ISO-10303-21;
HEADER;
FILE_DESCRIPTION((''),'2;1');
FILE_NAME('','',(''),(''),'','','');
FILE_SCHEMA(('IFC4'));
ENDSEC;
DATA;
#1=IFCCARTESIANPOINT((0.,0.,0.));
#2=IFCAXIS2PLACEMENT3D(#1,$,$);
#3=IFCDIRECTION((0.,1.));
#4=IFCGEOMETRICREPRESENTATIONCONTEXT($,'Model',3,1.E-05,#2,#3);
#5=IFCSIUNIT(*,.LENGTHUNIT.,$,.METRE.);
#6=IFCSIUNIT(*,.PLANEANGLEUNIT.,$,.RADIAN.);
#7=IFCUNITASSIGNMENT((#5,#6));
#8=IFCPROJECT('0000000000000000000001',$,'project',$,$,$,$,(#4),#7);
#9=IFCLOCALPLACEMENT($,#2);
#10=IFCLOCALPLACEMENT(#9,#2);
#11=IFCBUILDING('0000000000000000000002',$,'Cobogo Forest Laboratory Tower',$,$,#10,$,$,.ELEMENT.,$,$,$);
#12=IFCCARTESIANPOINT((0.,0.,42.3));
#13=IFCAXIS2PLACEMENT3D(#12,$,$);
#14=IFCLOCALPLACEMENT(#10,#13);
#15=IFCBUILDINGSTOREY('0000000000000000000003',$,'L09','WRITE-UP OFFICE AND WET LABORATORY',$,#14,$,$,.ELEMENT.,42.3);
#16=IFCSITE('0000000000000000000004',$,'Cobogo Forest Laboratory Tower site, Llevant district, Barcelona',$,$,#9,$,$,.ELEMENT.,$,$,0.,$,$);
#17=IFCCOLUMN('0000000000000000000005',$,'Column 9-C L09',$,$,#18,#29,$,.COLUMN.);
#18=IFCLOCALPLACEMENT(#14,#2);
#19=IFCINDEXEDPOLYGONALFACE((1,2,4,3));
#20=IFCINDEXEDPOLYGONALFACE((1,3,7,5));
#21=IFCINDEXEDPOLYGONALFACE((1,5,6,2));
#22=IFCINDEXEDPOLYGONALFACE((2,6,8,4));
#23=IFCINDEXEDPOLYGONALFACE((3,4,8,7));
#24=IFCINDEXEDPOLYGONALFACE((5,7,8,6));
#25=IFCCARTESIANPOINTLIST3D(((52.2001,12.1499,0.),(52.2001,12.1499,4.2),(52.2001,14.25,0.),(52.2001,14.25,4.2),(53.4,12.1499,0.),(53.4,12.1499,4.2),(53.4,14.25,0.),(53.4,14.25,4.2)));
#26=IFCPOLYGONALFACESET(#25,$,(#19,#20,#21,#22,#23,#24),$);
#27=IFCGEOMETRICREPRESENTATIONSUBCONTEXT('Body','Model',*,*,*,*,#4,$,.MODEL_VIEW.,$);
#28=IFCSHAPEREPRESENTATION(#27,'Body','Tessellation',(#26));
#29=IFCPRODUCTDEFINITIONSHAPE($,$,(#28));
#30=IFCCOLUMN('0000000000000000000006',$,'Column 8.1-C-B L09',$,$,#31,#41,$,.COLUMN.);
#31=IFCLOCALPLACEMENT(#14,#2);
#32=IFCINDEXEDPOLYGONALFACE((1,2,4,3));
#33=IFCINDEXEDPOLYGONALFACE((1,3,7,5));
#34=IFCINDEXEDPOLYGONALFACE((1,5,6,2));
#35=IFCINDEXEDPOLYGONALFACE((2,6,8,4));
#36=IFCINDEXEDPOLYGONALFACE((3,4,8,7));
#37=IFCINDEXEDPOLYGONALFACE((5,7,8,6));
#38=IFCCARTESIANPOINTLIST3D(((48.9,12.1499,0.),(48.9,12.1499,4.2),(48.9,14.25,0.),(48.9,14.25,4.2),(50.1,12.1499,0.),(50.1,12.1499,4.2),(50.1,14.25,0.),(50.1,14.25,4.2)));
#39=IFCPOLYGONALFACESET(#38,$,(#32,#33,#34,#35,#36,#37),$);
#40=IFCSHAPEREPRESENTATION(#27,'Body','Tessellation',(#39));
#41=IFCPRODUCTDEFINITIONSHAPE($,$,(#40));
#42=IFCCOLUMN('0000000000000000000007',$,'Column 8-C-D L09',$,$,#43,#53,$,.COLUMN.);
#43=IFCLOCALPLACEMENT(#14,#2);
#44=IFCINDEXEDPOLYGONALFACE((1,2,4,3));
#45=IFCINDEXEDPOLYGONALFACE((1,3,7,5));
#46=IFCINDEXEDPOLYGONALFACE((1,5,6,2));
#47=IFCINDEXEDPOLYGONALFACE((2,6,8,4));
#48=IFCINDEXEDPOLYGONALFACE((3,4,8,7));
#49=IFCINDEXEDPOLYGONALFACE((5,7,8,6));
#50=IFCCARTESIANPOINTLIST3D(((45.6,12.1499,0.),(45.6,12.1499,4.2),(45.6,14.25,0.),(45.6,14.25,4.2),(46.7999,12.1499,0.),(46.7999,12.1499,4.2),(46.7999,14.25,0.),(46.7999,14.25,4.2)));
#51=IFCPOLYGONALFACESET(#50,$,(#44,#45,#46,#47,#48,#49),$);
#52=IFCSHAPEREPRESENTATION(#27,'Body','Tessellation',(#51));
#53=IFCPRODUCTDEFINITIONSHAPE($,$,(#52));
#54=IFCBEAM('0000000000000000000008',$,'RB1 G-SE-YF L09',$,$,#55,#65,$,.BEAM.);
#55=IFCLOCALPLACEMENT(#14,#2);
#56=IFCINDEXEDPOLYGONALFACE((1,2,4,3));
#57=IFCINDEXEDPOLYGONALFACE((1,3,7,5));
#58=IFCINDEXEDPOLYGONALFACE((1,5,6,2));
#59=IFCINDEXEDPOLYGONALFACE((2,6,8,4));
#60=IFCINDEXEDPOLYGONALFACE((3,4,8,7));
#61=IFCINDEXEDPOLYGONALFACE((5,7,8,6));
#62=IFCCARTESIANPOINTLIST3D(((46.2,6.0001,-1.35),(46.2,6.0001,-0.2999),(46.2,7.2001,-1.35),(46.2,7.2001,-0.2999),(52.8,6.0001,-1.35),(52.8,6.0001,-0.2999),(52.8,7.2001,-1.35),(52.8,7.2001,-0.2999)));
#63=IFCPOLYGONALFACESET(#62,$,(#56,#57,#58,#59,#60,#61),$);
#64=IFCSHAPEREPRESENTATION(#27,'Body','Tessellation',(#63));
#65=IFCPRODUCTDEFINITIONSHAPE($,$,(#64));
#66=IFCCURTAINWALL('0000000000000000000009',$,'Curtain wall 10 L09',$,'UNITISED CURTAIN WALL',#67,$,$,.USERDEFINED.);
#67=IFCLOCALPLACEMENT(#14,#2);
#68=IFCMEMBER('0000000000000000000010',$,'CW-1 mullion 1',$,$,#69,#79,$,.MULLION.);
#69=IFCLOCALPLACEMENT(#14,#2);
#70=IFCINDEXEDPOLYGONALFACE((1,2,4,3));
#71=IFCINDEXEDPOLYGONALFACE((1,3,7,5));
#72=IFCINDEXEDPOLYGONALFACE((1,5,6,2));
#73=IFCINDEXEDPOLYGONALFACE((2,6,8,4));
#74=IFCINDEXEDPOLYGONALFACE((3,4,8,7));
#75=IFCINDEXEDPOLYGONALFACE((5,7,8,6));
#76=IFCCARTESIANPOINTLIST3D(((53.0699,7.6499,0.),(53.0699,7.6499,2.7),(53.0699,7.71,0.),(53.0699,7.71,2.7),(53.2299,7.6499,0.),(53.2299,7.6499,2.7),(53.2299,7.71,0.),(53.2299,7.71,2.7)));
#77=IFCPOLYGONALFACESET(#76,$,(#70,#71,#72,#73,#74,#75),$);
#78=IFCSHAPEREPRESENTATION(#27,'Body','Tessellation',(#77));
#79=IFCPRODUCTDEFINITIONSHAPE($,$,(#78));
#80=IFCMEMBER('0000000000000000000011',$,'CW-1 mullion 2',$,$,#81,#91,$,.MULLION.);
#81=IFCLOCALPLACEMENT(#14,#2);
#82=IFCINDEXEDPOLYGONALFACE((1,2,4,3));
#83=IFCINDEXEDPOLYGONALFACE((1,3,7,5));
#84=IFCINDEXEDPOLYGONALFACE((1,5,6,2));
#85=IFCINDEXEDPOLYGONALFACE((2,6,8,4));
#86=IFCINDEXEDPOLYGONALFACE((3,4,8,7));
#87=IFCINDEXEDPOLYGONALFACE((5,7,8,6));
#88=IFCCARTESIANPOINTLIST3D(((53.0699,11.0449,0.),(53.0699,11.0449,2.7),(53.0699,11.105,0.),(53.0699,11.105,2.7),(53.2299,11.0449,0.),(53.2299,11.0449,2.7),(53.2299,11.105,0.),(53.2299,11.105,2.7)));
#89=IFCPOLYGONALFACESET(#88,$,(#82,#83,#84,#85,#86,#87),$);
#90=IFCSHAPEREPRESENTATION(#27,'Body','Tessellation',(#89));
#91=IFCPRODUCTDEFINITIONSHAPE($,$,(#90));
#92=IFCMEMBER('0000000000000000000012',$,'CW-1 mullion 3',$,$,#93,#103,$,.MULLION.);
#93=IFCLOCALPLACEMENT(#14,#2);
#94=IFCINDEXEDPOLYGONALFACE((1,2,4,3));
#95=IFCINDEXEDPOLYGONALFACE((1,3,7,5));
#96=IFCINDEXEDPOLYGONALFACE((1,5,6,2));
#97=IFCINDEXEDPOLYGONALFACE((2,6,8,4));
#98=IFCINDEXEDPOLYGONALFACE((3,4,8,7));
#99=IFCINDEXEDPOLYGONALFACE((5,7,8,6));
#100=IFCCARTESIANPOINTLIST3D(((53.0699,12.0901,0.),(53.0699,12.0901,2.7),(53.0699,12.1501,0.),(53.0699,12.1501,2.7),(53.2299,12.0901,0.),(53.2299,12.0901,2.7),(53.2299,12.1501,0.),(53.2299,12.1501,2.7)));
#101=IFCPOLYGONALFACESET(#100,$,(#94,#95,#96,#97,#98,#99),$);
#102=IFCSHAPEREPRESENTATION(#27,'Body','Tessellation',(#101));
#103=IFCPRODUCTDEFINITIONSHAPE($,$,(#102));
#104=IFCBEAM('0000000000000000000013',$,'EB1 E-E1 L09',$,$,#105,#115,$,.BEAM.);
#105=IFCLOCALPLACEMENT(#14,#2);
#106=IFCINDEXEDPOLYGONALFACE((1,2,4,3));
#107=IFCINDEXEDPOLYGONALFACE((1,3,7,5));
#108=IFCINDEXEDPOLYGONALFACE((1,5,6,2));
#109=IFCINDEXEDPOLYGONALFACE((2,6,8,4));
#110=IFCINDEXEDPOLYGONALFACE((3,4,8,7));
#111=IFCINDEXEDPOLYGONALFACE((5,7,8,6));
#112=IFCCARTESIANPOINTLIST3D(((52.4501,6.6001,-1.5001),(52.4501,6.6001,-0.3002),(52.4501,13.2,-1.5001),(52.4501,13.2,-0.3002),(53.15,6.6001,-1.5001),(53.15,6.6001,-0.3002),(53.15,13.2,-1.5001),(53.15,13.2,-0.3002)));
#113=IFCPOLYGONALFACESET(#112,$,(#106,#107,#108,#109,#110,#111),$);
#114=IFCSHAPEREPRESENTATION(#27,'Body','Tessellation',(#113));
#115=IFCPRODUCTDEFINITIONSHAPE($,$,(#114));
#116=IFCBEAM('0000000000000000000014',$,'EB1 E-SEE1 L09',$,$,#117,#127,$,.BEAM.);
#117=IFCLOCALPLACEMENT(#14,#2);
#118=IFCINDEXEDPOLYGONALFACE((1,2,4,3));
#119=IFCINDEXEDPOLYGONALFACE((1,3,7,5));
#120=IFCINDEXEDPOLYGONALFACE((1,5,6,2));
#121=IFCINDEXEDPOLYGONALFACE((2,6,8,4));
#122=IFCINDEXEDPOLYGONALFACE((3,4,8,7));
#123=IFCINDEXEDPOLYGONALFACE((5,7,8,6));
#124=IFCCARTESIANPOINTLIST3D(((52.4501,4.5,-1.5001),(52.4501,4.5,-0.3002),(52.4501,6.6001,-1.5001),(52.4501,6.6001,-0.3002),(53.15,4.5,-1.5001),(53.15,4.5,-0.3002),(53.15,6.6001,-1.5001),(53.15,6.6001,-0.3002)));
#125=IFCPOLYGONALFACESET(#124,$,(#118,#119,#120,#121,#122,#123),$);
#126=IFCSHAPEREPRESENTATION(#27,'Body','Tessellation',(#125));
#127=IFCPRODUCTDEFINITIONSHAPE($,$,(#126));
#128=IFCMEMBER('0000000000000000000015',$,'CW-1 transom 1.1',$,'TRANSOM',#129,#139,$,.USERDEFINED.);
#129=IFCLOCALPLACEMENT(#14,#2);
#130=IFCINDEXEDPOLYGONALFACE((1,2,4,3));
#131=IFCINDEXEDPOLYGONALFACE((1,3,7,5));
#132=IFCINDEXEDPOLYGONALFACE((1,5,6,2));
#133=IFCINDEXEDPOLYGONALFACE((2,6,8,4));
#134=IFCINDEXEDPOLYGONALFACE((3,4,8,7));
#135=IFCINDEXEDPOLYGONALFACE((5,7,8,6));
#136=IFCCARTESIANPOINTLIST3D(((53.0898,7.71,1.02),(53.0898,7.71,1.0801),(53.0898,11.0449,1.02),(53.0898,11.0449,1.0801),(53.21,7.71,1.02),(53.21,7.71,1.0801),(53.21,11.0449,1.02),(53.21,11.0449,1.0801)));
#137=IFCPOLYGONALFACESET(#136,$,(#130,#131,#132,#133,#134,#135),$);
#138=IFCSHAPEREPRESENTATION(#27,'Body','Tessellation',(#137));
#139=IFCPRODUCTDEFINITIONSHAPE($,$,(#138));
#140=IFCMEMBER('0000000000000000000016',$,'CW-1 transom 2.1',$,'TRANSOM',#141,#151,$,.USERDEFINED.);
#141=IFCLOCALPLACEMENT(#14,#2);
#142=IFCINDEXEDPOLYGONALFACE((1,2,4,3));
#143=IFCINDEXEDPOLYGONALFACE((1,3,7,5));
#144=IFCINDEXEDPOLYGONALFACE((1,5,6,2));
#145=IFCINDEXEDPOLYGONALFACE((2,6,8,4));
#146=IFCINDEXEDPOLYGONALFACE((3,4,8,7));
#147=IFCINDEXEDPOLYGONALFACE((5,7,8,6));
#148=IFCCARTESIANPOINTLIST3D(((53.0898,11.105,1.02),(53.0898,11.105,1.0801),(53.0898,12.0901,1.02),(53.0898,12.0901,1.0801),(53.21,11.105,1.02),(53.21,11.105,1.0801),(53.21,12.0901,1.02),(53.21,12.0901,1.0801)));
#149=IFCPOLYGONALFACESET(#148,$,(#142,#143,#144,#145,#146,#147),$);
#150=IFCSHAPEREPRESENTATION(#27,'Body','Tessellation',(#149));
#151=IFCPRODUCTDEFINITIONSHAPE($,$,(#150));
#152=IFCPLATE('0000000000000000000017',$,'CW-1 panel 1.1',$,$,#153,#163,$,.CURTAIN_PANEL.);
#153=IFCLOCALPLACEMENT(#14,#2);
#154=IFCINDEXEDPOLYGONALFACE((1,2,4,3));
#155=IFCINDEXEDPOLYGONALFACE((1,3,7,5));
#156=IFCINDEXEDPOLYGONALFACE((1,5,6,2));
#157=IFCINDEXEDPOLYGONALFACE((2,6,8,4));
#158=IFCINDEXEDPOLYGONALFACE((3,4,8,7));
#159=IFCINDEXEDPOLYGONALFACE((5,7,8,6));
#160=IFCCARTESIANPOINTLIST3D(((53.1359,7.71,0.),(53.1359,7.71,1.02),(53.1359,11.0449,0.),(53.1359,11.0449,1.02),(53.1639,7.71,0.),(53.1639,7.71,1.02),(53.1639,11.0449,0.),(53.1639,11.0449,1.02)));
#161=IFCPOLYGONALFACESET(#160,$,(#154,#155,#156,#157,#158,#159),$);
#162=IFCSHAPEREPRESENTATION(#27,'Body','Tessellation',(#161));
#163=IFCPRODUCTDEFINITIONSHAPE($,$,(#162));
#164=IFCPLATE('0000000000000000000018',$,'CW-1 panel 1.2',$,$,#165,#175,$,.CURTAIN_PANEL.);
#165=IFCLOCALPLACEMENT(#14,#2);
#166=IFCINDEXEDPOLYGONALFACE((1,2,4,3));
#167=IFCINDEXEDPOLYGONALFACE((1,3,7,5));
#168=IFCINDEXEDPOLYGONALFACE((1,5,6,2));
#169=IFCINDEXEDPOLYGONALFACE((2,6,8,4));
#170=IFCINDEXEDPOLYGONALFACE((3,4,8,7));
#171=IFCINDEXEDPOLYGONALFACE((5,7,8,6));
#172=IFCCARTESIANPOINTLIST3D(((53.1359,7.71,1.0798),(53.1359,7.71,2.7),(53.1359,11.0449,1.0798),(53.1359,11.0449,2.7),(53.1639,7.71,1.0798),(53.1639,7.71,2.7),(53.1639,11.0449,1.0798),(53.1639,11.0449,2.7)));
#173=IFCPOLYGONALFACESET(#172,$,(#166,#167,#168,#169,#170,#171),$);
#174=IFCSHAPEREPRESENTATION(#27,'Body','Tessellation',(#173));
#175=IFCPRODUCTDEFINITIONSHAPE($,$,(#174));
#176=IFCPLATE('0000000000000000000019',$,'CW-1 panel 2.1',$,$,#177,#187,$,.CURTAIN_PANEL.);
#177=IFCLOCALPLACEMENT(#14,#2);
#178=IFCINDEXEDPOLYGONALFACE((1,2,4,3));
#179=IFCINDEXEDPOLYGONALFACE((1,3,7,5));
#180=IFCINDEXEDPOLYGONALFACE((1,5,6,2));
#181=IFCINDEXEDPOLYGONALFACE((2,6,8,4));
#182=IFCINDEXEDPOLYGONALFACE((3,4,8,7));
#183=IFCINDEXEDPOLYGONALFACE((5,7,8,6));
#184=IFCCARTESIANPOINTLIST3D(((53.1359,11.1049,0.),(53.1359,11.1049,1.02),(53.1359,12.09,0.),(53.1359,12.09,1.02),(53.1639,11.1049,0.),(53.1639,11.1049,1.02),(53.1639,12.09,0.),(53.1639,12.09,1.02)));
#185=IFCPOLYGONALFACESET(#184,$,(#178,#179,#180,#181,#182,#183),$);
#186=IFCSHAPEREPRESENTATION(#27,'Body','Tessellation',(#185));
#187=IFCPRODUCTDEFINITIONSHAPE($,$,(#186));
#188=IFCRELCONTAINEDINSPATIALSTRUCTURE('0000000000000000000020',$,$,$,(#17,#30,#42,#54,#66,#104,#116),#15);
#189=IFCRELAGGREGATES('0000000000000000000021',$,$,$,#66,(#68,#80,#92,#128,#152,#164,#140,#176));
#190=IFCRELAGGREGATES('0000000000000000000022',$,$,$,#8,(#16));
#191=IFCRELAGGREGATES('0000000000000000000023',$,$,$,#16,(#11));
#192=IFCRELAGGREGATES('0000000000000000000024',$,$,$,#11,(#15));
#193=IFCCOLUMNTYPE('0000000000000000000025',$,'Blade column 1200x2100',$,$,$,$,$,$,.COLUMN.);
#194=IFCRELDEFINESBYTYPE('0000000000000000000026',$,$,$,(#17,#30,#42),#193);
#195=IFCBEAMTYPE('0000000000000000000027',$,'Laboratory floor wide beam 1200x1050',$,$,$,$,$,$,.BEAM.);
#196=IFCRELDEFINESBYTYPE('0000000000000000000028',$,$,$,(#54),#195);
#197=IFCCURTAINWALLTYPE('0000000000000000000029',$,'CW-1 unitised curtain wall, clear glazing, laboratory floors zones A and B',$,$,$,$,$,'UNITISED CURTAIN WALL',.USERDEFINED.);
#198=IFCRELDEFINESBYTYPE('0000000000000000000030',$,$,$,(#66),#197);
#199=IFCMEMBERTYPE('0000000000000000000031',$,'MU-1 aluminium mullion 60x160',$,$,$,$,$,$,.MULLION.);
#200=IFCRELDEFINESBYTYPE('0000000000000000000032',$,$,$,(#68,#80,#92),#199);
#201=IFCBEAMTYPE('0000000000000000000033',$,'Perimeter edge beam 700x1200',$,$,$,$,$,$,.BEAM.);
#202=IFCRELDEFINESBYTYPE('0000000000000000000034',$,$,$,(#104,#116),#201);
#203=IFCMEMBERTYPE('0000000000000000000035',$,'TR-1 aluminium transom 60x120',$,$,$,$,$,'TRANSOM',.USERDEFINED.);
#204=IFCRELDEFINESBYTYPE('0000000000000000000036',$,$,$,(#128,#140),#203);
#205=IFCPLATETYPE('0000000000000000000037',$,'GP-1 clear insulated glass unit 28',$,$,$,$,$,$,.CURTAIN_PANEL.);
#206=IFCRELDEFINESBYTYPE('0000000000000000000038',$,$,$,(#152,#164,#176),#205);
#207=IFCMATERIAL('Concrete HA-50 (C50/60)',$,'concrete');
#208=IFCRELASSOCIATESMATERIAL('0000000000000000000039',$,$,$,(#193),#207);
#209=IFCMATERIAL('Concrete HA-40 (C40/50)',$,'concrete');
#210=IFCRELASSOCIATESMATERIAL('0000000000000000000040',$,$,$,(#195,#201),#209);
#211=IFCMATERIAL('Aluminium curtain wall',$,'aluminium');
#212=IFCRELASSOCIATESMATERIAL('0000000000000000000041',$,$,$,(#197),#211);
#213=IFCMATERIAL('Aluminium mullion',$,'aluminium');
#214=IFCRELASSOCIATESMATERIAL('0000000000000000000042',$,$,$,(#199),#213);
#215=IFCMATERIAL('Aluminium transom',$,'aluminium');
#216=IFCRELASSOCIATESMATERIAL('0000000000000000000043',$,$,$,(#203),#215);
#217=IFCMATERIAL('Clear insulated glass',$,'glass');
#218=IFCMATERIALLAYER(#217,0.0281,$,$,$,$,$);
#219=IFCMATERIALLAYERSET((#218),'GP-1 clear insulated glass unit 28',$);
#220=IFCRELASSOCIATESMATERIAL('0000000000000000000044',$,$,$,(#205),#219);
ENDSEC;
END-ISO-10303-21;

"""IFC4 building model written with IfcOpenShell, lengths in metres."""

from ifc_helpers import new_model, si_unit, direction, frame, origin, origin_2d, place, context, subcontext, project, spatial, rectangle, extrude, material, layer, layer_set, material_profile, profile_set, type_object, element, aggregate, save


model = new_model("IFC4")

# Units and contexts
model_context = context("Model", 3, precision=1e-05, world=origin(), true_north=direction((0.0, 1.0)))
body_context = subcontext(model_context, "Body", "Model", "MODEL_VIEW")
ifc_project = project(units=[si_unit("LENGTHUNIT", "METRE"), si_unit("PLANEANGLEUNIT", "RADIAN")], contexts=[model_context])

# Site, building, storey
site_placement = place(None, origin())
site = spatial("IfcSite", under=ifc_project, at=site_placement, Name="Cobogo Forest Laboratory Tower site, Llevant district, Barcelona", CompositionType="ELEMENT", RefElevation=0.0)
building_placement = place(site_placement, origin())
building = spatial("IfcBuilding", under=site, at=building_placement, Name="Cobogo Forest Laboratory Tower", CompositionType="ELEMENT")
storey_placement = place(building_placement, frame((0.0, 0.0, 42.3)))
storey = spatial("IfcBuildingStorey", under=building, at=storey_placement, Name="L09", Description="WRITE-UP OFFICE AND WET LABORATORY", CompositionType="ELEMENT", Elevation=42.3)

# Columns
ifc_material_1 = material(Name="Concrete HA-50 (C50/60)", Category="concrete")
ifc_material_profile_1 = material_profile(ifc_material_1, rectangle(XDim=2.1001, YDim=1.2, at=origin_2d()), Name="RC 1200x2100")
ifc_profile_set_1 = profile_set([ifc_material_profile_1], Name="Concrete HA-50 (C50/60)")
column_type = type_object("IfcColumnType", Name="Blade column 1200x2100", PredefinedType="COLUMN", material=ifc_profile_set_1)
for number, where, z_axis, x_axis, name in (
    (1, (52.8, 13.2, 0.0), (0.0, 0.0, 1.0), (0.0, 1.0, 0.0), "Column 9-C L09"),
    (2, (49.5, 13.2, 0.0), (0.0, 0.0, 1.0), (0.0, 1.0, 0.0), "Column 8.1-C-B L09"),
    (3, (46.2, 13.2, 0.0), (0.0, 0.0, 1.0), (0.0, 1.0, 0.0), "Column 8-C-D L09"),
):
    element("IfcColumn", number, at=place(storey_placement, frame(where, z_axis=z_axis, x_axis=x_axis)), inside=storey, type_object=column_type, Name=name, PredefinedType="COLUMN", context=body_context, shape_type="SweptSolid", body=[
        extrude(rectangle(XDim=2.1001, YDim=1.2, at=origin_2d()), origin(), (0.0, 0.0, 1.0), 4.2),
    ])

# Beam
ifc_material_2 = material(Name="Concrete HA-40 (C40/50)", Category="concrete")
ifc_material_profile_2 = material_profile(ifc_material_2, rectangle(XDim=1.2, YDim=1.05, at=origin_2d()), Name="RC 1200x1050")
ifc_profile_set_2 = profile_set([ifc_material_profile_2], Name="Concrete HA-40 (C40/50)")
beam_type_1 = type_object("IfcBeamType", Name="Laboratory floor wide beam 1200x1050", PredefinedType="BEAM", material=ifc_profile_set_2)
beam_1_placement = place(storey_placement, frame((52.8, 6.6001, -0.825), z_axis=(-1.0, 0.0, 0.0), x_axis=(0.0, -1.0, 0.0)))
element("IfcBeam", 4, at=beam_1_placement, inside=storey, type_object=beam_type_1, Name="RB1 G-SE-YF L09", PredefinedType="BEAM", context=body_context, shape_type="SweptSolid", body=[
    extrude(rectangle(XDim=1.2, YDim=1.05, at=origin_2d()), origin(), (0.0, 0.0, 1.0), 6.6001),
])

# Curtain wall, members
ifc_material_3 = material(Name="Aluminium curtain wall", Category="aluminium")
curtain_wall_type = type_object("IfcCurtainWallType", Name="CW-1 unitised curtain wall, clear glazing, laboratory floors zones A and B", ElementType="UNITISED CURTAIN WALL", PredefinedType="USERDEFINED", material=ifc_material_3)
curtain_wall_placement = place(storey_placement, origin())
curtain_wall = element("IfcCurtainWall", 5, at=curtain_wall_placement, inside=storey, type_object=curtain_wall_type, Name="Curtain wall 10 L09", ObjectType="UNITISED CURTAIN WALL", PredefinedType="USERDEFINED")
ifc_material_4 = material(Name="Aluminium mullion", Category="aluminium")
ifc_material_profile_3 = material_profile(ifc_material_4, rectangle(XDim=0.0601, YDim=0.1599, at=origin_2d()), Name="AL 60x160")
ifc_profile_set_3 = profile_set([ifc_material_profile_3], Name="Aluminium mullion")
member_type_1 = type_object("IfcMemberType", Name="MU-1 aluminium mullion 60x160", PredefinedType="MULLION", material=ifc_profile_set_3)
member_1_placement = place(storey_placement, frame((53.1499, 7.6799, 0.0), z_axis=(0.0, 0.0, 1.0), x_axis=(0.0, 1.0, 0.0)))
member_1 = element("IfcMember", 6, at=member_1_placement, type_object=member_type_1, Name="CW-1 mullion 1", PredefinedType="MULLION", context=body_context, shape_type="SweptSolid", body=[
    extrude(rectangle(XDim=0.0601, YDim=0.1599, at=origin_2d()), origin(), (0.0, 0.0, 1.0), 2.7),
])
member_2_placement = place(storey_placement, frame((53.1499, 11.075, 0.0), z_axis=(0.0, 0.0, 1.0), x_axis=(0.0, 1.0, 0.0)))
member_2 = element("IfcMember", 7, at=member_2_placement, type_object=member_type_1, Name="CW-1 mullion 2", PredefinedType="MULLION", context=body_context, shape_type="SweptSolid", body=[
    extrude(rectangle(XDim=0.0601, YDim=0.1599, at=origin_2d()), origin(), (0.0, 0.0, 1.0), 2.7),
])
member_3_placement = place(storey_placement, frame((53.1499, 12.1201, 0.0), z_axis=(0.0, 0.0, 1.0), x_axis=(0.0, 1.0, 0.0)))
member_3 = element("IfcMember", 8, at=member_3_placement, type_object=member_type_1, Name="CW-1 mullion 3", PredefinedType="MULLION", context=body_context, shape_type="SweptSolid", body=[
    extrude(rectangle(XDim=0.0601, YDim=0.1599, at=origin_2d()), origin(), (0.0, 0.0, 1.0), 2.7),
])

# Beams
ifc_material_profile_4 = material_profile(ifc_material_2, rectangle(XDim=0.7, YDim=1.2, at=origin_2d()), Name="RC 700x1200")
ifc_profile_set_4 = profile_set([ifc_material_profile_4], Name="Concrete HA-40 (C40/50)")
beam_type_2 = type_object("IfcBeamType", Name="Perimeter edge beam 700x1200", PredefinedType="BEAM", material=ifc_profile_set_4)
beam_2_placement = place(storey_placement, frame((52.8, 6.6001, -0.9001), z_axis=(0.0, 1.0, 0.0), x_axis=(-1.0, 0.0, 0.0)))
element("IfcBeam", 9, at=beam_2_placement, inside=storey, type_object=beam_type_2, Name="EB1 E-E1 L09", PredefinedType="BEAM", context=body_context, shape_type="SweptSolid", body=[
    extrude(rectangle(XDim=0.7, YDim=1.2, at=origin_2d()), origin(), (0.0, 0.0, 1.0), 6.5999),
])
beam_3_placement = place(storey_placement, frame((52.8, 6.6001, -0.9001), z_axis=(0.0, -1.0, 0.0), x_axis=(1.0, 0.0, 0.0)))
element("IfcBeam", 10, at=beam_3_placement, inside=storey, type_object=beam_type_2, Name="EB1 E-SEE1 L09", PredefinedType="BEAM", context=body_context, shape_type="SweptSolid", body=[
    extrude(rectangle(XDim=0.7, YDim=1.2, at=origin_2d()), origin(), (0.0, 0.0, 1.0), 2.1001),
])

# Members
ifc_material_5 = material(Name="Aluminium transom", Category="aluminium")
ifc_material_profile_5 = material_profile(ifc_material_5, rectangle(XDim=0.1201, YDim=0.0601, at=origin_2d()), Name="AL 60x120")
ifc_profile_set_5 = profile_set([ifc_material_profile_5], Name="Aluminium transom")
member_type_2 = type_object("IfcMemberType", Name="TR-1 aluminium transom 60x120", ElementType="TRANSOM", PredefinedType="USERDEFINED", material=ifc_profile_set_5)
member_4_placement = place(storey_placement, frame((53.1499, 7.71, 1.05), z_axis=(0.0, 1.0, 0.0), x_axis=(-1.0, 0.0, 0.0)))
member_4 = element("IfcMember", 11, at=member_4_placement, type_object=member_type_2, Name="CW-1 transom 1.1", ObjectType="TRANSOM", PredefinedType="USERDEFINED", context=body_context, shape_type="SweptSolid", body=[
    extrude(rectangle(XDim=0.1201, YDim=0.0601, at=origin_2d()), origin(), (0.0, 0.0, 1.0), 3.335),
])
member_5_placement = place(storey_placement, frame((53.1499, 11.105, 1.05), z_axis=(0.0, 1.0, 0.0), x_axis=(-1.0, 0.0, 0.0)))
member_5 = element("IfcMember", 12, at=member_5_placement, type_object=member_type_2, Name="CW-1 transom 2.1", ObjectType="TRANSOM", PredefinedType="USERDEFINED", context=body_context, shape_type="SweptSolid", body=[
    extrude(rectangle(XDim=0.1201, YDim=0.0601, at=origin_2d()), origin(), (0.0, 0.0, 1.0), 0.9851),
])

# Plates
ifc_material_6 = material(Name="Clear insulated glass", Category="glass")
ifc_layer_1 = layer(ifc_material_6, 0.0281)
ifc_layer_set_1 = layer_set([ifc_layer_1], Name="GP-1 clear insulated glass unit 28")
plate_type_1 = type_object("IfcPlateType", Name="GP-1 clear insulated glass unit 28", PredefinedType="CURTAIN_PANEL", material=ifc_layer_set_1)
plate_1_placement = place(storey_placement, frame((53.1499, 9.3774, 0.0), z_axis=(0.0, 0.0, 1.0), x_axis=(0.0, 1.0, 0.0)))
plate_1 = element("IfcPlate", 13, at=plate_1_placement, type_object=plate_type_1, Name="CW-1 panel 1.1", PredefinedType="CURTAIN_PANEL", context=body_context, shape_type="SweptSolid", body=[
    extrude(rectangle(XDim=3.335, YDim=0.0281, at=origin_2d()), origin(), (0.0, 0.0, 1.0), 1.02),
])
plate_2_placement = place(storey_placement, frame((53.1499, 9.3774, 1.0798), z_axis=(0.0, 0.0, 1.0), x_axis=(0.0, 1.0, 0.0)))
plate_2 = element("IfcPlate", 14, at=plate_2_placement, type_object=plate_type_1, Name="CW-1 panel 1.2", PredefinedType="CURTAIN_PANEL", context=body_context, shape_type="SweptSolid", body=[
    extrude(rectangle(XDim=3.335, YDim=0.0281, at=origin_2d()), origin(), (0.0, 0.0, 1.0), 1.6201),
])
plate_3_placement = place(storey_placement, frame((53.1499, 11.5974, 0.0), z_axis=(0.0, 0.0, 1.0), x_axis=(0.0, 1.0, 0.0)))
plate_3 = element("IfcPlate", 15, at=plate_3_placement, type_object=plate_type_1, Name="CW-1 panel 2.1", PredefinedType="CURTAIN_PANEL", context=body_context, shape_type="SweptSolid", body=[
    extrude(rectangle(XDim=0.9851, YDim=0.0281, at=origin_2d()), origin(), (0.0, 0.0, 1.0), 1.02),
])
aggregate(curtain_wall, [member_1, member_2, member_3, member_4, plate_1, plate_2, member_5, plate_3])

save(model, "model.ifc")
